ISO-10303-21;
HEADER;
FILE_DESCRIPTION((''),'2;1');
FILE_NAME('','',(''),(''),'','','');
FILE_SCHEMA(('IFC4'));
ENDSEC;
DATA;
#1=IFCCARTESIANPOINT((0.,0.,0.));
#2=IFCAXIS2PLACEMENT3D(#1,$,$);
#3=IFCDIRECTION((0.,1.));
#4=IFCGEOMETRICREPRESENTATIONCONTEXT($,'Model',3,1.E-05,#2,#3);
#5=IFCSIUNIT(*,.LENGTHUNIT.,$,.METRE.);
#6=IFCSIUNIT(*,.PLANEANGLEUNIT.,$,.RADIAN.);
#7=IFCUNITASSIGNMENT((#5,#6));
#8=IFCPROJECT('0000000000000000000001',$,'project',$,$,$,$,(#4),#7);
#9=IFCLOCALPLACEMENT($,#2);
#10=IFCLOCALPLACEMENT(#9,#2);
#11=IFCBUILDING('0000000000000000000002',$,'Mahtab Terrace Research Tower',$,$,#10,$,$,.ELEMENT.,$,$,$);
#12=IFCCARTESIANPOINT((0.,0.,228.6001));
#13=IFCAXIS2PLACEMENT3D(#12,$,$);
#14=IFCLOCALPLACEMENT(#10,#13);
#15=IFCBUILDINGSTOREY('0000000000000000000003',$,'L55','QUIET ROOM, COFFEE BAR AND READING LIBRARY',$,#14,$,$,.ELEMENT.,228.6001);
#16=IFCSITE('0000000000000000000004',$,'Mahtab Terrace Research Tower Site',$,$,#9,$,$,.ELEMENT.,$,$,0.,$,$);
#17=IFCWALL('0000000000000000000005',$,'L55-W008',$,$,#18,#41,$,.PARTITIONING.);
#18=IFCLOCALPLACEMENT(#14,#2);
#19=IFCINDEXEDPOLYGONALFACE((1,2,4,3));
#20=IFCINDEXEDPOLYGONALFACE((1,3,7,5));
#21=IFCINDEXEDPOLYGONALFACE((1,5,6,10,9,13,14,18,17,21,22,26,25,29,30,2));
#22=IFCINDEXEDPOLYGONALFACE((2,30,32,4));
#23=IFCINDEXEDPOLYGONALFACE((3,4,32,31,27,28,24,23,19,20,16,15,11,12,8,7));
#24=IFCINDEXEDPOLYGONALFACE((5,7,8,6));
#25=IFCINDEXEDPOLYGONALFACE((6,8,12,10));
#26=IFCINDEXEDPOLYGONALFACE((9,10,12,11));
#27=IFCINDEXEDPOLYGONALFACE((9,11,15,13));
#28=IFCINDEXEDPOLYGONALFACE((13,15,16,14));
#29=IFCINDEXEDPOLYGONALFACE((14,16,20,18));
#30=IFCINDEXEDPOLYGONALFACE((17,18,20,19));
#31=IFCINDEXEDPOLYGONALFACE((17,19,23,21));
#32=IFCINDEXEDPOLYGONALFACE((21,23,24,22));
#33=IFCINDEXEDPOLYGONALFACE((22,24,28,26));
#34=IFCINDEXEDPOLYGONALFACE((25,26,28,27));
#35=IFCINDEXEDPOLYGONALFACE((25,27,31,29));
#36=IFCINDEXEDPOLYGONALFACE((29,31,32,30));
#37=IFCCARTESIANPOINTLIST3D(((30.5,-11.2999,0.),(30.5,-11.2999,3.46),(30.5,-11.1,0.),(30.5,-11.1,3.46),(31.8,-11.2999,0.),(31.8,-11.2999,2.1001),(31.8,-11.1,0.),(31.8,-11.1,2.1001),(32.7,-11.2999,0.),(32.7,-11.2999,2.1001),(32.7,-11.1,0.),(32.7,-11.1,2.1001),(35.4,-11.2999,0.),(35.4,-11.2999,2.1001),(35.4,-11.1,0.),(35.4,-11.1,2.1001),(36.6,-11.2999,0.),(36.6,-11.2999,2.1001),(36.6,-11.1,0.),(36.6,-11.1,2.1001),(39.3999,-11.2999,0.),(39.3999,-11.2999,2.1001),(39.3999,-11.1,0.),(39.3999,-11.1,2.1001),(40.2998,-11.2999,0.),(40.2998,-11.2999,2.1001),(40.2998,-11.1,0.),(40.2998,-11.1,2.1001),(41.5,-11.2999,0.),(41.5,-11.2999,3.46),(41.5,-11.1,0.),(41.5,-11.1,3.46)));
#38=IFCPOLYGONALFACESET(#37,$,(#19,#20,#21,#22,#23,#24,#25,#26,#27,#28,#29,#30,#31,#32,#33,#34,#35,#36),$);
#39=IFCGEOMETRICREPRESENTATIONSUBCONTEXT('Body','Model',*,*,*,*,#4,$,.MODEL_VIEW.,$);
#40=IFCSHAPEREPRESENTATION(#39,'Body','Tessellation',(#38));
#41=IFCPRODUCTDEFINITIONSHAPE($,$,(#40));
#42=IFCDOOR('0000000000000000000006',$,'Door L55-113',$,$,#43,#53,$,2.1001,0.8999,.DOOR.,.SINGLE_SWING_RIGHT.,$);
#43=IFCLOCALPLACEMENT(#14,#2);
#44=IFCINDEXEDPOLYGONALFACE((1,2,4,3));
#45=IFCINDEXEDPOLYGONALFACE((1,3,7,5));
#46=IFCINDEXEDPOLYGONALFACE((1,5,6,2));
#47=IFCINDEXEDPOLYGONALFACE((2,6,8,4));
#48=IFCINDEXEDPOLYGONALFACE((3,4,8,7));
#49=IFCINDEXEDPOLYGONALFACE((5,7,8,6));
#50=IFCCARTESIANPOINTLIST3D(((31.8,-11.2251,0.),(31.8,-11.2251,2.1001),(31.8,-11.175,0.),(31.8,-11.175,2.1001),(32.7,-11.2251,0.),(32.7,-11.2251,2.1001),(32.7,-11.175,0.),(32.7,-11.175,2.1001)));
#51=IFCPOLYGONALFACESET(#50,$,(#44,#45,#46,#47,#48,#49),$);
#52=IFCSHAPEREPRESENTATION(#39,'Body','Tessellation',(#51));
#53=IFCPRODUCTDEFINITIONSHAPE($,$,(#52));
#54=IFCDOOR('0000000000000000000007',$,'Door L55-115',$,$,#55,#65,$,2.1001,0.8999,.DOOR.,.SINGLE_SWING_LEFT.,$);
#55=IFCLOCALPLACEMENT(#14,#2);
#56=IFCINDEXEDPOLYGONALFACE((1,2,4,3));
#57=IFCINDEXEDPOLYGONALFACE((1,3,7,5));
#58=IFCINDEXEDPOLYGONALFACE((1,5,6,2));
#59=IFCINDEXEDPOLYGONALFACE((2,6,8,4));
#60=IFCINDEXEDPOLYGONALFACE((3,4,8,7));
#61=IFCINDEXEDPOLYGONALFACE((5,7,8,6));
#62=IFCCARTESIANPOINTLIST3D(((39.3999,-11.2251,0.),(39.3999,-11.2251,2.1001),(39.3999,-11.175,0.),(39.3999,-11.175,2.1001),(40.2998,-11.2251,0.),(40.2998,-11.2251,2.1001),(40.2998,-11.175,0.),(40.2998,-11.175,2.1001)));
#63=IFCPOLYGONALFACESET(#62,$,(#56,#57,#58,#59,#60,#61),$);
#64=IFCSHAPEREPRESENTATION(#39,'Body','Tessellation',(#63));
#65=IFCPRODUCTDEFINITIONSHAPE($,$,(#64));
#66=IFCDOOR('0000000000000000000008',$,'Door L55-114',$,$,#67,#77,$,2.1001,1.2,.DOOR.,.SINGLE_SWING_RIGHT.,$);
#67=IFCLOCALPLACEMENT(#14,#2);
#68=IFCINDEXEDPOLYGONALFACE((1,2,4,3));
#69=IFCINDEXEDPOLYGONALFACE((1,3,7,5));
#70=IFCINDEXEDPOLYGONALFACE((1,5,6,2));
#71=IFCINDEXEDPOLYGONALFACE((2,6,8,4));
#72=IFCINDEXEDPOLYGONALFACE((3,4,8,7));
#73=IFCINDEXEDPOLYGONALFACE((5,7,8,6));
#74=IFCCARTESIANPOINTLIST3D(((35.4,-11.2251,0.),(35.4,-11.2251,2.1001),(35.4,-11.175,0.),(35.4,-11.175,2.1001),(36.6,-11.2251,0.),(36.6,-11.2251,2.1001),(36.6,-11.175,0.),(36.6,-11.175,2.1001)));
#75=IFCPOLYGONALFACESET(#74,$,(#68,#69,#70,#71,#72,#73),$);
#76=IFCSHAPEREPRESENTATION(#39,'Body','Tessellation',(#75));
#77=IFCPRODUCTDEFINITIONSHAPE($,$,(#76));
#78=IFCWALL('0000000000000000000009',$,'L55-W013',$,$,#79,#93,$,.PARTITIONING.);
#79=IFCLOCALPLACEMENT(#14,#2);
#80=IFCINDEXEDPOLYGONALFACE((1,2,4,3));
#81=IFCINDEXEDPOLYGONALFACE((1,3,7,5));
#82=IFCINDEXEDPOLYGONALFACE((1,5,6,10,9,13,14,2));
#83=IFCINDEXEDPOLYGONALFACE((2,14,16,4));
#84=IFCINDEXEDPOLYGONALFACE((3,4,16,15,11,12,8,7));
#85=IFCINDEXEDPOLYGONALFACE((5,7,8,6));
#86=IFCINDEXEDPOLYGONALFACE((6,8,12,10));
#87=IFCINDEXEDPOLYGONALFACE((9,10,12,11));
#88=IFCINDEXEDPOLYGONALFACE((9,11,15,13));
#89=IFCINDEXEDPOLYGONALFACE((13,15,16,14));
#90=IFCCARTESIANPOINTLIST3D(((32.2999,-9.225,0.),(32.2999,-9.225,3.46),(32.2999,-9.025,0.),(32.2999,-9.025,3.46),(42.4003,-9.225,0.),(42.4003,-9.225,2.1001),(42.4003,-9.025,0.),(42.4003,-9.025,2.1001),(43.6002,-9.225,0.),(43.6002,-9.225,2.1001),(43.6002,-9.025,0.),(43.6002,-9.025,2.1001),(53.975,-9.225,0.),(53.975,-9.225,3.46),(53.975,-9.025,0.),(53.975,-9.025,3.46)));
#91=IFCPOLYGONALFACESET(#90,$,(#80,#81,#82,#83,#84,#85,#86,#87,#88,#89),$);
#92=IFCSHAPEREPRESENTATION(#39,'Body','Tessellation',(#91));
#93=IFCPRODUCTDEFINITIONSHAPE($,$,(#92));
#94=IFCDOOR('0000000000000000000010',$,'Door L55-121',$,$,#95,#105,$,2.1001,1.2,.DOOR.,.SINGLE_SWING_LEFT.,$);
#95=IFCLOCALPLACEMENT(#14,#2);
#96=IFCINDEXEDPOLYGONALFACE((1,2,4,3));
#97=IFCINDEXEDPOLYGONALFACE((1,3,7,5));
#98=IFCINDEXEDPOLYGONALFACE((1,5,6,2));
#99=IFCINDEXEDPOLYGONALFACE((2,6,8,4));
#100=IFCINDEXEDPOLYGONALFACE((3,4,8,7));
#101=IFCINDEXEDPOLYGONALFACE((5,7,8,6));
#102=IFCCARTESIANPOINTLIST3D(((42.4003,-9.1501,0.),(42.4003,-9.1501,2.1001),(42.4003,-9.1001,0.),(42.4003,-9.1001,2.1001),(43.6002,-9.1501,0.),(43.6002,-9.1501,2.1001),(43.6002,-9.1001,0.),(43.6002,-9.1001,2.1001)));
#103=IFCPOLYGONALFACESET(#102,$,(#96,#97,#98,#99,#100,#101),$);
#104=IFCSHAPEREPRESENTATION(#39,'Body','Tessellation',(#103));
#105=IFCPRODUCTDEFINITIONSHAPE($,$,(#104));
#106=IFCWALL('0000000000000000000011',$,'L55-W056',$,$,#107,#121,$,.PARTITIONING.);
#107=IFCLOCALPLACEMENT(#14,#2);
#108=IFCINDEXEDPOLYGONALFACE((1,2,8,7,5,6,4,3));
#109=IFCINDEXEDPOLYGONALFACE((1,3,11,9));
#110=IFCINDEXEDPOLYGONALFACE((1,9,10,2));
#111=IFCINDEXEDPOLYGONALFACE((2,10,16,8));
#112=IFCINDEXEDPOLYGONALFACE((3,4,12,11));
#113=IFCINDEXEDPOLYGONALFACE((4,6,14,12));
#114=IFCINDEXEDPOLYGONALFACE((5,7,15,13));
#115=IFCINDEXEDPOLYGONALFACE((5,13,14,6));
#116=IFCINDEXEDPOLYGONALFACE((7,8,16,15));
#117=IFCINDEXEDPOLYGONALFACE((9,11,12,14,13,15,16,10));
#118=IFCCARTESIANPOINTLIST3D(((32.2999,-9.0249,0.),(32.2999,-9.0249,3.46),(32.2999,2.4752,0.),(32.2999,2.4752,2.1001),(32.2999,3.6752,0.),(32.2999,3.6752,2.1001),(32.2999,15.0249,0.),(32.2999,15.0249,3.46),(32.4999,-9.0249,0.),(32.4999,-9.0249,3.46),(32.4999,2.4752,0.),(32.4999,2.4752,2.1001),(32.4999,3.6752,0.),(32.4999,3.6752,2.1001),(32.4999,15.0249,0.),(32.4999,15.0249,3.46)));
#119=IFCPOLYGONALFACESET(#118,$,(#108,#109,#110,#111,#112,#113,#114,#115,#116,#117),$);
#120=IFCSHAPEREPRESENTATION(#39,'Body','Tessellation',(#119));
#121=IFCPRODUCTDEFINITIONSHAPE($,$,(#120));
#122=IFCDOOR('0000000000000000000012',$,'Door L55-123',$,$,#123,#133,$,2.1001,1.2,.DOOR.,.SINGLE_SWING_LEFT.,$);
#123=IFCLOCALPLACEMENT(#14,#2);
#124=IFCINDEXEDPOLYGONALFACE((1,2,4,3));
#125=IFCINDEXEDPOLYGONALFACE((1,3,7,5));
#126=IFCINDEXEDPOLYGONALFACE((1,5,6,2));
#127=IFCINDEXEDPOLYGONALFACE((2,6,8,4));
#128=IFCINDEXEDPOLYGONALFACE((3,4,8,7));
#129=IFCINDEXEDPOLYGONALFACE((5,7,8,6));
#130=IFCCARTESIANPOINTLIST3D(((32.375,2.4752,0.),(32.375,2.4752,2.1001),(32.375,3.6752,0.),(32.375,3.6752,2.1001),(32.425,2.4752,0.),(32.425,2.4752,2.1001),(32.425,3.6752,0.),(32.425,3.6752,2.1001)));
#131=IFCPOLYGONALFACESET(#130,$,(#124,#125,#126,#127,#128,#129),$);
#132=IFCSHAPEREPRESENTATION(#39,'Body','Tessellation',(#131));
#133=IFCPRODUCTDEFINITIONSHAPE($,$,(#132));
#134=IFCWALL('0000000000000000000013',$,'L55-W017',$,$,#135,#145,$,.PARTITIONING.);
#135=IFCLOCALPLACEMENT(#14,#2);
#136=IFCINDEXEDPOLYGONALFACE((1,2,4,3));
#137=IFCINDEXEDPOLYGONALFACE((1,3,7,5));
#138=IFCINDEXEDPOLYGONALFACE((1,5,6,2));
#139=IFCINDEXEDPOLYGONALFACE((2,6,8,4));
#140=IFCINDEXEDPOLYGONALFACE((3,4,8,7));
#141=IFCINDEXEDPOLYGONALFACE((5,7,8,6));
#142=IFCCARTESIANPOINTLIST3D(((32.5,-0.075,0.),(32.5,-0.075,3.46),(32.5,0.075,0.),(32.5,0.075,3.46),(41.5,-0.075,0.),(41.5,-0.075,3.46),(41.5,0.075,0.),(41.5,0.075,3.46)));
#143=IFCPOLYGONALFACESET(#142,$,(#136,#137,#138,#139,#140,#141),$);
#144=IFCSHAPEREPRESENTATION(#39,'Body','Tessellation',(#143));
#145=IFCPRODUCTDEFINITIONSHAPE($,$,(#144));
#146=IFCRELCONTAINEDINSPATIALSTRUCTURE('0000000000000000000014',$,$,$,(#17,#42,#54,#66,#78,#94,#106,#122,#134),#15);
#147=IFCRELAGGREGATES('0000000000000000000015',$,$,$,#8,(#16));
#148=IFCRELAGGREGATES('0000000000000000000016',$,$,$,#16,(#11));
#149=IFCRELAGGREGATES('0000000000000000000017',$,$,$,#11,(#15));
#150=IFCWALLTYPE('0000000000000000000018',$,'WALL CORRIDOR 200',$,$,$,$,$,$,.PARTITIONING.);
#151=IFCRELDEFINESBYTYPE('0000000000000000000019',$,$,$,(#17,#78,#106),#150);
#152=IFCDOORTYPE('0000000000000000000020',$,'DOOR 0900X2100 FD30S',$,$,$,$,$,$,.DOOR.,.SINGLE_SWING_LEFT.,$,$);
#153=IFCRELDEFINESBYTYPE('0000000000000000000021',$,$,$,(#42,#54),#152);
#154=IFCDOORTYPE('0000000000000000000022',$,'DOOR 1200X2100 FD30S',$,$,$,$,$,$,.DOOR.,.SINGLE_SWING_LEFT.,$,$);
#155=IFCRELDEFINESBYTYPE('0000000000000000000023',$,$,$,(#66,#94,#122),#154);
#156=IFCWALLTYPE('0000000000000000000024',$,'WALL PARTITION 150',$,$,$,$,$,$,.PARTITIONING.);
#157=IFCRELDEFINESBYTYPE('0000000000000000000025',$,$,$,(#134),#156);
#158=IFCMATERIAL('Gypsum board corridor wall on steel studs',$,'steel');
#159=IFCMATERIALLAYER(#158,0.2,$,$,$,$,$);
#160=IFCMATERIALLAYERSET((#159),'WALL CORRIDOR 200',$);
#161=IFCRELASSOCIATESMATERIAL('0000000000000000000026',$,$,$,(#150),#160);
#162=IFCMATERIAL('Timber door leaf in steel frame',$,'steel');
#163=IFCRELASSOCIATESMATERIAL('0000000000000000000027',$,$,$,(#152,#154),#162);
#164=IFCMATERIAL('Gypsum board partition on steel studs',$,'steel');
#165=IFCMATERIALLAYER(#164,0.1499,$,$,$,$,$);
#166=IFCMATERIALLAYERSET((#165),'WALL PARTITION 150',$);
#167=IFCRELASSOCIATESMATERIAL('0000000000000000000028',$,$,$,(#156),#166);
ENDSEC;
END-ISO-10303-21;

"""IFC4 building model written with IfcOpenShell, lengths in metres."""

from ifc_helpers import new_model, si_unit, direction, frame, frame_2d, origin, place, context, subcontext, project, spatial, rectangle, extrude, material, layer, layer_set, type_object, element, fill, save


model = new_model("IFC4")

# Units and contexts
model_context = context("Model", 3, precision=1e-05, world=origin(), true_north=direction((0.0, 1.0)))
body_context = subcontext(model_context, "Body", "Model", "MODEL_VIEW")
ifc_project = project(units=[si_unit("LENGTHUNIT", "METRE"), si_unit("PLANEANGLEUNIT", "RADIAN")], contexts=[model_context])

# Site, building, storey
site_placement = place(None, origin())
site = spatial("IfcSite", under=ifc_project, at=site_placement, Name="Mahtab Terrace Research Tower Site", CompositionType="ELEMENT", RefElevation=0.0)
building_placement = place(site_placement, origin())
building = spatial("IfcBuilding", under=site, at=building_placement, Name="Mahtab Terrace Research Tower", CompositionType="ELEMENT")
storey_placement = place(building_placement, frame((0.0, 0.0, 228.6001)))
storey = spatial("IfcBuildingStorey", under=building, at=storey_placement, Name="L55", Description="QUIET ROOM, COFFEE BAR AND READING LIBRARY", CompositionType="ELEMENT", Elevation=228.6001)

# Wall, openings, doors
ifc_material_1 = material(Name="Gypsum board corridor wall on steel studs", Category="steel")
ifc_layer_1 = layer(ifc_material_1, 0.2)
ifc_layer_set_1 = layer_set([ifc_layer_1], Name="WALL CORRIDOR 200")
wall_type_1 = type_object("IfcWallType", Name="WALL CORRIDOR 200", PredefinedType="PARTITIONING", material=ifc_layer_set_1)
wall_1_placement = place(storey_placement, frame((30.5, -11.2, 0.0), z_axis=(0.0, 0.0, 1.0), x_axis=(1.0, 0.0, 0.0)))
wall_1 = element("IfcWall", 1, at=wall_1_placement, inside=storey, type_object=wall_type_1, Name="L55-W008", PredefinedType="PARTITIONING", context=body_context, shape_type="SweptSolid", body=[
    extrude(rectangle(XDim=11.0, YDim=0.2, at=frame_2d((5.5, 0.0))), origin(), (0.0, 0.0, 1.0), 3.46),
])
opening_1_placement = place(wall_1_placement, frame((1.3, 0.0, 0.0)))
opening_1 = element("IfcOpeningElement", 2, at=opening_1_placement, cuts=wall_1, PredefinedType="OPENING", context=body_context, shape_type="SweptSolid", body=[
    extrude(rectangle(XDim=0.8999, YDim=2.1001, at=frame_2d((0.45, 1.05))), frame((0.0, 0.1099, 0.0), z_axis=(0.0, -1.0, 0.0), x_axis=(1.0, 0.0, 0.0)), (0.0, 0.0, 1.0), 0.22),
])
opening_2_placement = place(wall_1_placement, frame((4.8999, 0.0, 0.0)))
opening_2 = element("IfcOpeningElement", 3, at=opening_2_placement, cuts=wall_1, PredefinedType="OPENING", context=body_context, shape_type="SweptSolid", body=[
    extrude(rectangle(XDim=1.2, YDim=2.1001, at=frame_2d((0.6001, 1.05))), frame((0.0, 0.1099, 0.0), z_axis=(0.0, -1.0, 0.0), x_axis=(1.0, 0.0, 0.0)), (0.0, 0.0, 1.0), 0.22),
])
opening_3_placement = place(wall_1_placement, frame((8.8999, 0.0, 0.0)))
opening_3 = element("IfcOpeningElement", 4, at=opening_3_placement, cuts=wall_1, PredefinedType="OPENING", context=body_context, shape_type="SweptSolid", body=[
    extrude(rectangle(XDim=0.8999, YDim=2.1001, at=frame_2d((0.45, 1.05))), frame((0.0, 0.1099, 0.0), z_axis=(0.0, -1.0, 0.0), x_axis=(1.0, 0.0, 0.0)), (0.0, 0.0, 1.0), 0.22),
])
ifc_material_2 = material(Name="Timber door leaf in steel frame", Category="steel")
door_type_1 = type_object("IfcDoorType", Name="DOOR 0900X2100 FD30S", OperationType="SINGLE_SWING_LEFT", PredefinedType="DOOR", material=ifc_material_2)
door_1_placement = place(opening_1_placement, origin())
door_1 = element("IfcDoor", 5, at=door_1_placement, inside=storey, type_object=door_type_1, Name="Door L55-113", OperationType="SINGLE_SWING_RIGHT", OverallHeight=2.1001, OverallWidth=0.8999, PredefinedType="DOOR", context=body_context, shape_type="SweptSolid", body=[
    extrude(rectangle(XDim=0.8999, YDim=2.1001, at=frame_2d((0.45, 1.05))), frame((0.0, 0.0249, 0.0), z_axis=(0.0, -1.0, 0.0), x_axis=(1.0, 0.0, 0.0)), (0.0, 0.0, 1.0), 0.05),
])
fill(opening_1, door_1)
door_2_placement = place(opening_3_placement, origin())
door_2 = element("IfcDoor", 6, at=door_2_placement, inside=storey, type_object=door_type_1, Name="Door L55-115", OperationType="SINGLE_SWING_LEFT", OverallHeight=2.1001, OverallWidth=0.8999, PredefinedType="DOOR", context=body_context, shape_type="SweptSolid", body=[
    extrude(rectangle(XDim=0.8999, YDim=2.1001, at=frame_2d((0.45, 1.05))), frame((0.0, 0.0249, 0.0), z_axis=(0.0, -1.0, 0.0), x_axis=(1.0, 0.0, 0.0)), (0.0, 0.0, 1.0), 0.05),
])
fill(opening_3, door_2)
door_type_2 = type_object("IfcDoorType", Name="DOOR 1200X2100 FD30S", OperationType="SINGLE_SWING_LEFT", PredefinedType="DOOR", material=ifc_material_2)
door_3_placement = place(opening_2_placement, origin())
door_3 = element("IfcDoor", 7, at=door_3_placement, inside=storey, type_object=door_type_2, Name="Door L55-114", OperationType="SINGLE_SWING_RIGHT", OverallHeight=2.1001, OverallWidth=1.2, PredefinedType="DOOR", context=body_context, shape_type="SweptSolid", body=[
    extrude(rectangle(XDim=1.2, YDim=2.1001, at=frame_2d((0.6001, 1.05))), frame((0.0, 0.0249, 0.0), z_axis=(0.0, -1.0, 0.0), x_axis=(1.0, 0.0, 0.0)), (0.0, 0.0, 1.0), 0.05),
])
fill(opening_2, door_3)

# Walls, openings, doors
wall_2_placement = place(storey_placement, frame((32.3, -9.125, 0.0), z_axis=(0.0, 0.0, 1.0), x_axis=(1.0, 0.0, 0.0)))
wall_2 = element("IfcWall", 8, at=wall_2_placement, inside=storey, type_object=wall_type_1, Name="L55-W013", PredefinedType="PARTITIONING", context=body_context, shape_type="SweptSolid", body=[
    extrude(rectangle(XDim=21.675, YDim=0.2, at=frame_2d((10.8374, 0.0))), origin(), (0.0, 0.0, 1.0), 3.46),
])
opening_4_placement = place(wall_2_placement, frame((10.1001, 0.0, 0.0)))
opening_4 = element("IfcOpeningElement", 9, at=opening_4_placement, cuts=wall_2, PredefinedType="OPENING", context=body_context, shape_type="SweptSolid", body=[
    extrude(rectangle(XDim=1.2, YDim=2.1001, at=frame_2d((0.6001, 1.05))), frame((0.0, 0.1099, 0.0), z_axis=(0.0, -1.0, 0.0), x_axis=(1.0, 0.0, 0.0)), (0.0, 0.0, 1.0), 0.22),
])
door_4_placement = place(opening_4_placement, origin())
door_4 = element("IfcDoor", 10, at=door_4_placement, inside=storey, type_object=door_type_2, Name="Door L55-121", OperationType="SINGLE_SWING_LEFT", OverallHeight=2.1001, OverallWidth=1.2, PredefinedType="DOOR", context=body_context, shape_type="SweptSolid", body=[
    extrude(rectangle(XDim=1.2, YDim=2.1001, at=frame_2d((0.6001, 1.05))), frame((0.0, 0.0249, 0.0), z_axis=(0.0, -1.0, 0.0), x_axis=(1.0, 0.0, 0.0)), (0.0, 0.0, 1.0), 0.05),
])
fill(opening_4, door_4)
wall_3_placement = place(storey_placement, frame((32.3999, -9.0249, 0.0), z_axis=(0.0, 0.0, 1.0), x_axis=(0.0, 1.0, 0.0)))
wall_3 = element("IfcWall", 11, at=wall_3_placement, inside=storey, type_object=wall_type_1, Name="L55-W056", PredefinedType="PARTITIONING", context=body_context, shape_type="SweptSolid", body=[
    extrude(rectangle(XDim=24.0498, YDim=0.2, at=frame_2d((12.0249, 0.0))), origin(), (0.0, 0.0, 1.0), 3.46),
])
opening_5_placement = place(wall_3_placement, frame((11.5, 0.0, 0.0)))
opening_5 = element("IfcOpeningElement", 12, at=opening_5_placement, cuts=wall_3, PredefinedType="OPENING", context=body_context, shape_type="SweptSolid", body=[
    extrude(rectangle(XDim=1.2, YDim=2.1001, at=frame_2d((0.6001, 1.05))), frame((0.0, 0.1099, 0.0), z_axis=(0.0, -1.0, 0.0), x_axis=(1.0, 0.0, 0.0)), (0.0, 0.0, 1.0), 0.22),
])
door_5_placement = place(opening_5_placement, origin())
door_5 = element("IfcDoor", 13, at=door_5_placement, inside=storey, type_object=door_type_2, Name="Door L55-123", OperationType="SINGLE_SWING_LEFT", OverallHeight=2.1001, OverallWidth=1.2, PredefinedType="DOOR", context=body_context, shape_type="SweptSolid", body=[
    extrude(rectangle(XDim=1.2, YDim=2.1001, at=frame_2d((0.6001, 1.05))), frame((0.0, 0.0249, 0.0), z_axis=(0.0, -1.0, 0.0), x_axis=(1.0, 0.0, 0.0)), (0.0, 0.0, 1.0), 0.05),
])
fill(opening_5, door_5)

# Wall
ifc_material_3 = material(Name="Gypsum board partition on steel studs", Category="steel")
ifc_layer_2 = layer(ifc_material_3, 0.1499)
ifc_layer_set_2 = layer_set([ifc_layer_2], Name="WALL PARTITION 150")
wall_type_2 = type_object("IfcWallType", Name="WALL PARTITION 150", PredefinedType="PARTITIONING", material=ifc_layer_set_2)
wall_4_placement = place(storey_placement, frame((32.5, 0.0, 0.0), z_axis=(0.0, 0.0, 1.0), x_axis=(1.0, 0.0, 0.0)))
element("IfcWall", 14, at=wall_4_placement, inside=storey, type_object=wall_type_2, Name="L55-W017", PredefinedType="PARTITIONING", context=body_context, shape_type="SweptSolid", body=[
    extrude(rectangle(XDim=9.0, YDim=0.1499, at=frame_2d((4.5, 0.0))), origin(), (0.0, 0.0, 1.0), 3.46),
])

save(model, "model.ifc")
